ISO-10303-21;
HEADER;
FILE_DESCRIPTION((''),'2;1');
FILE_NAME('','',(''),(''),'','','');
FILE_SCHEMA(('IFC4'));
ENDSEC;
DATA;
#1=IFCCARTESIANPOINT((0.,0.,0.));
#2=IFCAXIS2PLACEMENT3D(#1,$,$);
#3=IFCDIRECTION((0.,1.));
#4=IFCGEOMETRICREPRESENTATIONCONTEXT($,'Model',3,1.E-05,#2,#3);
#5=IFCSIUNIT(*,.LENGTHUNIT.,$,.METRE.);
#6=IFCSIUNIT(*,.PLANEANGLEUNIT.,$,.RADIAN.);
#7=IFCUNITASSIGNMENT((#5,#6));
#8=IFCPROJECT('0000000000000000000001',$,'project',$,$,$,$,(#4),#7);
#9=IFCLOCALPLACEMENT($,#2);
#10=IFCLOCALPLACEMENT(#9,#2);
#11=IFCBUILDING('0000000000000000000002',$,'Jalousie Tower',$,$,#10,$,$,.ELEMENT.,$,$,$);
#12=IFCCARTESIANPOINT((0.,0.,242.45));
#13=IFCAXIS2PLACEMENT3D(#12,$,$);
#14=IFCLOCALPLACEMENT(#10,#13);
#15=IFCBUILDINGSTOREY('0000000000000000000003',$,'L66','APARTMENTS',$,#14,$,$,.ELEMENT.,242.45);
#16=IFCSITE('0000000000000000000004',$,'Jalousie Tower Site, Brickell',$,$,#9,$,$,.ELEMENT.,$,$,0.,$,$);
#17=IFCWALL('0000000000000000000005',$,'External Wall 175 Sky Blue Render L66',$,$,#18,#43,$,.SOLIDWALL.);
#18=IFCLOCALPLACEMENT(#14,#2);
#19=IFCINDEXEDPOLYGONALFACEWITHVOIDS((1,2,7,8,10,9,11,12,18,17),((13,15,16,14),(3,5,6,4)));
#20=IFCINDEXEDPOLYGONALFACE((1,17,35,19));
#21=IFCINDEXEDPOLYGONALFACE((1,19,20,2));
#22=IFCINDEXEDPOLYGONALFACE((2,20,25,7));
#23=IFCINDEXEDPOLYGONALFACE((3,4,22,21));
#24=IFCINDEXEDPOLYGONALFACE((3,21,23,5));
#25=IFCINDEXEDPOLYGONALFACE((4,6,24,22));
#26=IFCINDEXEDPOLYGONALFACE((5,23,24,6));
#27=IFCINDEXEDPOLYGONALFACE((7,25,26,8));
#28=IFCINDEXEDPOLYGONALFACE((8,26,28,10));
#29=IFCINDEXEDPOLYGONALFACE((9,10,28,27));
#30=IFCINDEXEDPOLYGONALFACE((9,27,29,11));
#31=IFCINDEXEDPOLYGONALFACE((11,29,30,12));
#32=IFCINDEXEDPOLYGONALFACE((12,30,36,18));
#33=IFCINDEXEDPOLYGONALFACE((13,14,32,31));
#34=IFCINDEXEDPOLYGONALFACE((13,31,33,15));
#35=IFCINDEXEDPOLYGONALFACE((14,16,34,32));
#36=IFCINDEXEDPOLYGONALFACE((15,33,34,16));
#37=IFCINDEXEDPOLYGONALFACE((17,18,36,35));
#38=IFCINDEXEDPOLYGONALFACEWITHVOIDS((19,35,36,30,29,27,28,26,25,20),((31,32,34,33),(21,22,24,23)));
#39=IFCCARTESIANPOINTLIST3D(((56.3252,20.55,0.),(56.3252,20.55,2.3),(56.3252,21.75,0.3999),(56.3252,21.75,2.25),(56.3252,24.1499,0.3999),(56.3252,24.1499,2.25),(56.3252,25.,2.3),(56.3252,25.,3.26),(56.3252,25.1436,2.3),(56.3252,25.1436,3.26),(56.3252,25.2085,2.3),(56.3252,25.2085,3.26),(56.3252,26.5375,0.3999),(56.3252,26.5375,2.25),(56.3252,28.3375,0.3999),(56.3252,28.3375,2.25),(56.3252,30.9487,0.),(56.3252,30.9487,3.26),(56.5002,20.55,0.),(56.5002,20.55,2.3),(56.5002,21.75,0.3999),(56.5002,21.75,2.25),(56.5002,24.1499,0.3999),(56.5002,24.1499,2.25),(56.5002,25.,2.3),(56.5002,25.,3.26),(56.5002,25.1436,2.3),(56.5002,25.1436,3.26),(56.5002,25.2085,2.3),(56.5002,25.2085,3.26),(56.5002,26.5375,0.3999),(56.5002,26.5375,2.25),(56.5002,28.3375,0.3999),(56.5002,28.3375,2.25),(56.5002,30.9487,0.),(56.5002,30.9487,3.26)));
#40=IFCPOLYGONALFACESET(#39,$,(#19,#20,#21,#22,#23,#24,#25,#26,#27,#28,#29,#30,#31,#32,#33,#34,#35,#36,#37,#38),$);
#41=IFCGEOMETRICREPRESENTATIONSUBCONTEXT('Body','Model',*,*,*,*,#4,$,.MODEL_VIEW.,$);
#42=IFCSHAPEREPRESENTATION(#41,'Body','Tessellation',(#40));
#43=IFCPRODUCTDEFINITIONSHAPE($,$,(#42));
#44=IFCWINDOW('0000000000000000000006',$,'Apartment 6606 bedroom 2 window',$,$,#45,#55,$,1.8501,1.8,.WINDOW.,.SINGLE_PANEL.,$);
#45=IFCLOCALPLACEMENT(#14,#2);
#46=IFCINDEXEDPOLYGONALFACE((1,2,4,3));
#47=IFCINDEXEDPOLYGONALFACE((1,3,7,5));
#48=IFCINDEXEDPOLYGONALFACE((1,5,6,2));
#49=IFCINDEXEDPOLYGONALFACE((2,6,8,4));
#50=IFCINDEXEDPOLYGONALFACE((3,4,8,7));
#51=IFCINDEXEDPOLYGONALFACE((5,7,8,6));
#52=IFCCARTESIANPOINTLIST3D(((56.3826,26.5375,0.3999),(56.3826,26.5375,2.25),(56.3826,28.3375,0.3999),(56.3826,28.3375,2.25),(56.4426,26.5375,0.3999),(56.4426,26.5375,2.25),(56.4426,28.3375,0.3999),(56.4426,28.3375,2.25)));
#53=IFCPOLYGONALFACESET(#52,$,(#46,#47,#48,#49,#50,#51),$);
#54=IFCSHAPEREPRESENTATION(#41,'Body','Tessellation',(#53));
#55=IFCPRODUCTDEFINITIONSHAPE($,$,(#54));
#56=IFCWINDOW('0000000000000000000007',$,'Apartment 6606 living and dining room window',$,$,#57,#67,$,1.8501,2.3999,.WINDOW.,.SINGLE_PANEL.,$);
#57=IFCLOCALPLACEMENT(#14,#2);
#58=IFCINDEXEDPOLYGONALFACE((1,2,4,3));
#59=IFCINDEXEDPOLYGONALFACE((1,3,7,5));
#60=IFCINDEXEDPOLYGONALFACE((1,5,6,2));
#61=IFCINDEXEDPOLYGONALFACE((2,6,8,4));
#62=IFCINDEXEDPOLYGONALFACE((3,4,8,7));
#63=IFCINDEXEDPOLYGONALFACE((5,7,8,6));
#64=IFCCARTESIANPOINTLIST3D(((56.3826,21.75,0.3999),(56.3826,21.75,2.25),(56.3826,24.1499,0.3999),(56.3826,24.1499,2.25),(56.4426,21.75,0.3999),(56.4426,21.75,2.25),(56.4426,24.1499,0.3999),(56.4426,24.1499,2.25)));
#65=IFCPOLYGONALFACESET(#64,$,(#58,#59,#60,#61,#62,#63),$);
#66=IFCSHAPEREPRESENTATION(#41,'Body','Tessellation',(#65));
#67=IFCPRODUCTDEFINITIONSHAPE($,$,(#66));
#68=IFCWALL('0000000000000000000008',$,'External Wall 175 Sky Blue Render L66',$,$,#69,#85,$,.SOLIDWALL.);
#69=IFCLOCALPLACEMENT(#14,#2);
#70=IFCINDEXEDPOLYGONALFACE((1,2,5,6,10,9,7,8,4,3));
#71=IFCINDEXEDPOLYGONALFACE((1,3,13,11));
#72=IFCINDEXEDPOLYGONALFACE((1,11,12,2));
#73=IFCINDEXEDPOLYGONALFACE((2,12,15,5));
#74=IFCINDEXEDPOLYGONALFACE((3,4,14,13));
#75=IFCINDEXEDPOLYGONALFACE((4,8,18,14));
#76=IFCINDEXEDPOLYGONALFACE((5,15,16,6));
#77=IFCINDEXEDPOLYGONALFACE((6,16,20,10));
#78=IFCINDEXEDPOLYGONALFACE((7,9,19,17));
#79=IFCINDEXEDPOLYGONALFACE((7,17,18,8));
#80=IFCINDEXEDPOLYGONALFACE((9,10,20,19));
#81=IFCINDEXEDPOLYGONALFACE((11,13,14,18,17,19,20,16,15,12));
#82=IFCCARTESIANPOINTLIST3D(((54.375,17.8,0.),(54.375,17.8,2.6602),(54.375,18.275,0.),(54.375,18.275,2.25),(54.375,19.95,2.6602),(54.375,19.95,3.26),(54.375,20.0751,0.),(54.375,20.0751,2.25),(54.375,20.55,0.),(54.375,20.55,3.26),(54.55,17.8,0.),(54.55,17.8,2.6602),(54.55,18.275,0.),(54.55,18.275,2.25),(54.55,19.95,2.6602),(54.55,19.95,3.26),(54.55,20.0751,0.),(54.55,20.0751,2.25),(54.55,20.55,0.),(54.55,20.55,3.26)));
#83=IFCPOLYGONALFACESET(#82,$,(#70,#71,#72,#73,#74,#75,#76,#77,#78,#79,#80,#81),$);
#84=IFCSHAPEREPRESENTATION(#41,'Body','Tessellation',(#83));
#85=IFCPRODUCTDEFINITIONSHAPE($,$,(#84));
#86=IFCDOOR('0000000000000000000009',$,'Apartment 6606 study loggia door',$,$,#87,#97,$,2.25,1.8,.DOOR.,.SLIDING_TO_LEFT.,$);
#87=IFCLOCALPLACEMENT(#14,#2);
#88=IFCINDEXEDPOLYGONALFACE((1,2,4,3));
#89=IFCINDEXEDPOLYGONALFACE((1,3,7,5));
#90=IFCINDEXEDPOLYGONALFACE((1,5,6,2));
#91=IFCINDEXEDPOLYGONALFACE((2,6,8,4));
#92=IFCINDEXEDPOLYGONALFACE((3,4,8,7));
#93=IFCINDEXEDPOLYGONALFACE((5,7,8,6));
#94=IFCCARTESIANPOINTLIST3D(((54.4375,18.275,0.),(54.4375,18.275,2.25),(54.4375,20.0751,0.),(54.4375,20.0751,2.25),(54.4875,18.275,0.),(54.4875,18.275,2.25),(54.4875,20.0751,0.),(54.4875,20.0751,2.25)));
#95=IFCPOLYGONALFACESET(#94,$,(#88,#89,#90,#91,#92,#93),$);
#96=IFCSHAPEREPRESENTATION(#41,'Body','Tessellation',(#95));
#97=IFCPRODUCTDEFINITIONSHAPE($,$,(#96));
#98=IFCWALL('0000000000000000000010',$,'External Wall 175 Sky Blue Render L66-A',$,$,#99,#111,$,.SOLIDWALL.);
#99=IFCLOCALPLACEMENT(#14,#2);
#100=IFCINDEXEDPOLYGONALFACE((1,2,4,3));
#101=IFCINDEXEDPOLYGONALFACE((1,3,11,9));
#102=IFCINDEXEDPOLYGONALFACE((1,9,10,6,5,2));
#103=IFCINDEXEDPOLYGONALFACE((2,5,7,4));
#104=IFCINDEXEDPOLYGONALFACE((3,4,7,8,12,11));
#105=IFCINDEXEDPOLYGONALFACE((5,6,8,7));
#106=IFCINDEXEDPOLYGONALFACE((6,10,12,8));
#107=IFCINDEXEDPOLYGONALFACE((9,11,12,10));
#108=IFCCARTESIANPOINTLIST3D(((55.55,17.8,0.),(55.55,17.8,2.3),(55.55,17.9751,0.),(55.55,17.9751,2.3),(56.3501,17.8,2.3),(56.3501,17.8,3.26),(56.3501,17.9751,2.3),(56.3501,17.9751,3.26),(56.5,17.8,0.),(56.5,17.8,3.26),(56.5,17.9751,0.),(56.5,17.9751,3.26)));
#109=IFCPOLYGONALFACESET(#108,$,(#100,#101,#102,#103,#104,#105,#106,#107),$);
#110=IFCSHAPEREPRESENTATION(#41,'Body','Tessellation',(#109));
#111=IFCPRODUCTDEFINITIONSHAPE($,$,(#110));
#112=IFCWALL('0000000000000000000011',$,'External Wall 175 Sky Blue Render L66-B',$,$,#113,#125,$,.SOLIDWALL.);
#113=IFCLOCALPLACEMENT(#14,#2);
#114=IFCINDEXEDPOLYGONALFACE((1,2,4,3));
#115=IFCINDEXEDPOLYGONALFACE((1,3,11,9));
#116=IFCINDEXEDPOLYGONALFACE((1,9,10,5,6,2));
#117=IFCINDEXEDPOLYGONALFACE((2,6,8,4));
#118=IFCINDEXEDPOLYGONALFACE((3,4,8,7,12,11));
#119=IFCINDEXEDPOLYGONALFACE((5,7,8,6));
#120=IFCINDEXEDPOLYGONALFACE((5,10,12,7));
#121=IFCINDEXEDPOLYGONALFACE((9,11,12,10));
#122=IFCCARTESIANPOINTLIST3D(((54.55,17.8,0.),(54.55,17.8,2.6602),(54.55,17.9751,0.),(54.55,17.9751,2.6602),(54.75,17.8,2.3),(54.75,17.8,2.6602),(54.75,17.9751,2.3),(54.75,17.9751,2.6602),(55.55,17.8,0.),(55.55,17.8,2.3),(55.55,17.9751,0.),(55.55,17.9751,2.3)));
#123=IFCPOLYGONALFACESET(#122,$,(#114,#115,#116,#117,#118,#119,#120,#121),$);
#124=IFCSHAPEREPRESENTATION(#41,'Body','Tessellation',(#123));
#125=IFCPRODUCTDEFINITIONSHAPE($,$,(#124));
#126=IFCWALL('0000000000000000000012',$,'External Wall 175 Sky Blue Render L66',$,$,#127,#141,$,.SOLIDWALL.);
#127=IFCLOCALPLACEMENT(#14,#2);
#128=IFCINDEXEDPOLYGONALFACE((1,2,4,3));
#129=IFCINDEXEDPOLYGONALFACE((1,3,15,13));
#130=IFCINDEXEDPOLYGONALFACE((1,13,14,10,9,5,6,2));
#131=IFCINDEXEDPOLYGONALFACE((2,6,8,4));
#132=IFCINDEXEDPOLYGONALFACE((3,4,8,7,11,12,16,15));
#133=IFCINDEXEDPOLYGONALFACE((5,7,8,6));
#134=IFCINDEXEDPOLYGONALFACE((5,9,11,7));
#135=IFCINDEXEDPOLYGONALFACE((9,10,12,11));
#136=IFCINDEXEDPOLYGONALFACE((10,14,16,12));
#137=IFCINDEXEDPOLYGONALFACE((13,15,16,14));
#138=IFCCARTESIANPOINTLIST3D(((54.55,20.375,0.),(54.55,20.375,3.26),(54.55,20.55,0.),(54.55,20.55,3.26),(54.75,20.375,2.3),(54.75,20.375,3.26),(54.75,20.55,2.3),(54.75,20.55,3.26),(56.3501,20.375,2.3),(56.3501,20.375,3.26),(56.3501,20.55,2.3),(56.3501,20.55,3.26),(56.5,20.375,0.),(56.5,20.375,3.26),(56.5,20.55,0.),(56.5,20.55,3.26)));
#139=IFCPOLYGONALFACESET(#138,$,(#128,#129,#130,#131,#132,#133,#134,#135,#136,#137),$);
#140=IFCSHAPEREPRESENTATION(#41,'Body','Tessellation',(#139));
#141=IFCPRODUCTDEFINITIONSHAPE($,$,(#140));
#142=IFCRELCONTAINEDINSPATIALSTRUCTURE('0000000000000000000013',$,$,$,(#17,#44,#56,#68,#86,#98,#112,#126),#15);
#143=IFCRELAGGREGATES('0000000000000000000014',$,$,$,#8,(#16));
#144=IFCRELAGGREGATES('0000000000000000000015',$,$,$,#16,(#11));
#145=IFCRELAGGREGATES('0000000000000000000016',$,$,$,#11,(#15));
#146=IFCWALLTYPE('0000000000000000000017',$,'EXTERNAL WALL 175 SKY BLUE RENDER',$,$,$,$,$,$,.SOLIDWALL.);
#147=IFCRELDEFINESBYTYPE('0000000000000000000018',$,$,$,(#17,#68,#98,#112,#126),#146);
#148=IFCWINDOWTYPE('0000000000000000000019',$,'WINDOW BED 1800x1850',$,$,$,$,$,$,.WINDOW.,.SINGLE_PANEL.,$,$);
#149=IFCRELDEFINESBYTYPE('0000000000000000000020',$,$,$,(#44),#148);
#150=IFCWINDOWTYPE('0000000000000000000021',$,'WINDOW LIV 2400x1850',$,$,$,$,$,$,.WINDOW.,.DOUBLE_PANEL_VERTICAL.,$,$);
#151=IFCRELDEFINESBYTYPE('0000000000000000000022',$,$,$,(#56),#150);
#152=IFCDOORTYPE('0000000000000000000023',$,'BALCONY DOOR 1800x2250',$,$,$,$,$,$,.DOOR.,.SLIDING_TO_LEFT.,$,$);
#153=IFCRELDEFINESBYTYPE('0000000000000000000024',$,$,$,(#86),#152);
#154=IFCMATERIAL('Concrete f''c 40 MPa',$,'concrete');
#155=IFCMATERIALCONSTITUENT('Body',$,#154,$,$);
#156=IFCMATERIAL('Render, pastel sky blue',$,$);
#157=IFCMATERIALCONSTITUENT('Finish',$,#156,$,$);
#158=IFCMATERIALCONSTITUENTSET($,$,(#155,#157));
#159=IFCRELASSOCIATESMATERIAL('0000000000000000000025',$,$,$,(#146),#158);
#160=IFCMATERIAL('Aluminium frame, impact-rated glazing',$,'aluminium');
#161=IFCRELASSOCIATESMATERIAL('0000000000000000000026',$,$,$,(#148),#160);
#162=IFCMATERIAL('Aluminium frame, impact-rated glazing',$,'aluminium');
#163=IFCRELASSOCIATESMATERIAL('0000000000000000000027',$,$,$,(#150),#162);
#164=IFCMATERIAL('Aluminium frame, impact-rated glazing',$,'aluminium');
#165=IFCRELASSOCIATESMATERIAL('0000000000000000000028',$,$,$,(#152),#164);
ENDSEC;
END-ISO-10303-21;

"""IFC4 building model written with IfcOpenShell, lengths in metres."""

from ifc_helpers import new_model, si_unit, direction, frame, frame_2d, origin, place, context, subcontext, project, spatial, polyline, rectangle, outline, extrude, material, constituent, constituent_set, type_object, element, fill, save


model = new_model("IFC4")

# Units and contexts
model_context = context("Model", 3, precision=1e-05, world=origin(), true_north=direction((0.0, 1.0)))
body_context = subcontext(model_context, "Body", "Model", "MODEL_VIEW")
ifc_project = project(units=[si_unit("LENGTHUNIT", "METRE"), si_unit("PLANEANGLEUNIT", "RADIAN")], contexts=[model_context])

# Site, building, storey
site_placement = place(None, origin())
site = spatial("IfcSite", under=ifc_project, at=site_placement, Name="Jalousie Tower Site, Brickell", CompositionType="ELEMENT", RefElevation=0.0)
building_placement = place(site_placement, origin())
building = spatial("IfcBuilding", under=site, at=building_placement, Name="Jalousie Tower", CompositionType="ELEMENT")
storey_placement = place(building_placement, frame((0.0, 0.0, 242.45)))
storey = spatial("IfcBuildingStorey", under=building, at=storey_placement, Name="L66", Description="APARTMENTS", CompositionType="ELEMENT", Elevation=242.45)

# Wall, openings, windows
ifc_material_1 = material(Name="Concrete f'c 40 MPa", Category="concrete")
ifc_constituent_1 = constituent(ifc_material_1, Name="Body")
ifc_material_2 = material(Name="Render, pastel sky blue")
ifc_constituent_2 = constituent(ifc_material_2, Name="Finish")
ifc_constituent_set_1 = constituent_set(constituents=[ifc_constituent_1, ifc_constituent_2])
wall_type_1 = type_object("IfcWallType", Name="EXTERNAL WALL 175 SKY BLUE RENDER", PredefinedType="SOLIDWALL", material=ifc_constituent_set_1)
wall_1_placement = place(storey_placement, frame((56.4126, 20.55, 0.0), z_axis=(0.0, 0.0, 1.0), x_axis=(0.0, 1.0, 0.0)))
wall_1 = element("IfcWall", 1, at=wall_1_placement, inside=storey, type_object=wall_type_1, Name="External Wall 175 Sky Blue Render L66", PredefinedType="SOLIDWALL", context=body_context, shape_type="SweptSolid", body=[
    extrude(outline(polyline([(0.0, 0.0), (10.3987, 0.0), (10.3987, 3.26), (4.6584, 3.26), (4.6584, 2.3), (4.5935, 2.3), (4.5935, 3.26), (4.45, 3.26), (4.45, 2.3), (0.0, 2.3), (0.0, 0.0)])), frame((0.0, 0.0874, 0.0), z_axis=(0.0, -1.0, 0.0), x_axis=(1.0, 0.0, 0.0)), (0.0, 0.0, 1.0), 0.175),
])
opening_1_placement = place(wall_1_placement, frame((1.2, 0.0, 0.3999)))
opening_1 = element("IfcOpeningElement", 2, at=opening_1_placement, cuts=wall_1, PredefinedType="OPENING", context=body_context, shape_type="SweptSolid", body=[
    extrude(rectangle(XDim=2.3999, YDim=1.8501, at=frame_2d((1.2, 0.925))), frame((0.0, 0.0974, 0.0), z_axis=(0.0, -1.0, 0.0), x_axis=(1.0, 0.0, 0.0)), (0.0, 0.0, 1.0), 0.1951),
])
opening_2_placement = place(wall_1_placement, frame((5.9875, 0.0, 0.3999)))
opening_2 = element("IfcOpeningElement", 3, at=opening_2_placement, cuts=wall_1, PredefinedType="OPENING", context=body_context, shape_type="SweptSolid", body=[
    extrude(rectangle(XDim=1.8, YDim=1.8501, at=frame_2d((0.8999, 0.925))), frame((0.0, 0.0974, 0.0), z_axis=(0.0, -1.0, 0.0), x_axis=(1.0, 0.0, 0.0)), (0.0, 0.0, 1.0), 0.1951),
])
ifc_material_3 = material(Name="Aluminium frame, impact-rated glazing", Category="aluminium")
window_type_1 = type_object("IfcWindowType", Name="WINDOW BED 1800x1850", PartitioningType="SINGLE_PANEL", PredefinedType="WINDOW", material=ifc_material_3)
window_1_placement = place(opening_2_placement, origin())
window_1 = element("IfcWindow", 4, at=window_1_placement, inside=storey, type_object=window_type_1, Name="Apartment 6606 bedroom 2 window", OverallHeight=1.8501, OverallWidth=1.8, PartitioningType="SINGLE_PANEL", PredefinedType="WINDOW", context=body_context, shape_type="SweptSolid", body=[
    extrude(rectangle(XDim=1.8, YDim=1.8501, at=frame_2d((0.8999, 0.925))), frame((0.0, 0.03, 0.0), z_axis=(0.0, -1.0, 0.0), x_axis=(1.0, 0.0, 0.0)), (0.0, 0.0, 1.0), 0.0601),
])
fill(opening_2, window_1)
ifc_material_4 = material(Name="Aluminium frame, impact-rated glazing", Category="aluminium")
window_type_2 = type_object("IfcWindowType", Name="WINDOW LIV 2400x1850", PartitioningType="DOUBLE_PANEL_VERTICAL", PredefinedType="WINDOW", material=ifc_material_4)
window_2_placement = place(opening_1_placement, origin())
window_2 = element("IfcWindow", 5, at=window_2_placement, inside=storey, type_object=window_type_2, Name="Apartment 6606 living and dining room window", OverallHeight=1.8501, OverallWidth=2.3999, PartitioningType="SINGLE_PANEL", PredefinedType="WINDOW", context=body_context, shape_type="SweptSolid", body=[
    extrude(rectangle(XDim=2.3999, YDim=1.8501, at=frame_2d((1.2, 0.925))), frame((0.0, 0.03, 0.0), z_axis=(0.0, -1.0, 0.0), x_axis=(1.0, 0.0, 0.0)), (0.0, 0.0, 1.0), 0.0601),
])
fill(opening_1, window_2)

# Wall, opening, door
wall_2_placement = place(storey_placement, frame((54.4624, 17.8, 0.0), z_axis=(0.0, 0.0, 1.0), x_axis=(0.0, 1.0, 0.0)))
wall_2 = element("IfcWall", 6, at=wall_2_placement, inside=storey, type_object=wall_type_1, Name="External Wall 175 Sky Blue Render L66", PredefinedType="SOLIDWALL", context=body_context, shape_type="SweptSolid", body=[
    extrude(outline(polyline([(0.0, 0.0), (2.75, 0.0), (2.75, 3.26), (2.1499, 3.26), (2.1499, 2.6602), (0.0, 2.6602), (0.0, 0.0)])), frame((0.0, 0.0874, 0.0), z_axis=(0.0, -1.0, 0.0), x_axis=(1.0, 0.0, 0.0)), (0.0, 0.0, 1.0), 0.175),
])
opening_3_placement = place(wall_2_placement, frame((0.4751, 0.0, 0.0)))
opening_3 = element("IfcOpeningElement", 7, at=opening_3_placement, cuts=wall_2, PredefinedType="OPENING", context=body_context, shape_type="SweptSolid", body=[
    extrude(rectangle(XDim=1.8, YDim=2.25, at=frame_2d((0.8999, 1.125))), frame((0.0, 0.0974, 0.0), z_axis=(0.0, -1.0, 0.0), x_axis=(1.0, 0.0, 0.0)), (0.0, 0.0, 1.0), 0.1951),
])
ifc_material_5 = material(Name="Aluminium frame, impact-rated glazing", Category="aluminium")
door_type_1 = type_object("IfcDoorType", Name="BALCONY DOOR 1800x2250", OperationType="SLIDING_TO_LEFT", PredefinedType="DOOR", material=ifc_material_5)
door_1_placement = place(opening_3_placement, origin())
door_1 = element("IfcDoor", 8, at=door_1_placement, inside=storey, type_object=door_type_1, Name="Apartment 6606 study loggia door", OperationType="SLIDING_TO_LEFT", OverallHeight=2.25, OverallWidth=1.8, PredefinedType="DOOR", context=body_context, shape_type="SweptSolid", body=[
    extrude(rectangle(XDim=1.8, YDim=2.25, at=frame_2d((0.8999, 1.125))), frame((0.0, 0.0249, 0.0), z_axis=(0.0, -1.0, 0.0), x_axis=(1.0, 0.0, 0.0)), (0.0, 0.0, 1.0), 0.05),
])
fill(opening_3, door_1)

# Walls
wall_3_placement = place(storey_placement, frame((56.5, 17.8875, 0.0), z_axis=(0.0, 0.0, 1.0), x_axis=(-1.0, 0.0, 0.0)))
element("IfcWall", 9, at=wall_3_placement, inside=storey, type_object=wall_type_1, Name="External Wall 175 Sky Blue Render L66-A", PredefinedType="SOLIDWALL", context=body_context, shape_type="SweptSolid", body=[
    extrude(outline(polyline([(0.0, 0.0), (0.95, 0.0), (0.95, 2.3), (0.1499, 2.3), (0.1499, 3.26), (0.0, 3.26), (0.0, 0.0)])), frame((0.0, 0.0874, 0.0), z_axis=(0.0, -1.0, 0.0), x_axis=(1.0, 0.0, 0.0)), (0.0, 0.0, 1.0), 0.175),
])
wall_4_placement = place(storey_placement, frame((55.55, 17.8875, 0.0), z_axis=(0.0, 0.0, 1.0), x_axis=(-1.0, 0.0, 0.0)))
element("IfcWall", 10, at=wall_4_placement, inside=storey, type_object=wall_type_1, Name="External Wall 175 Sky Blue Render L66-B", PredefinedType="SOLIDWALL", context=body_context, shape_type="SweptSolid", body=[
    extrude(outline(polyline([(0.0, 0.0), (1.0, 0.0), (1.0, 2.6602), (0.8, 2.6602), (0.8, 2.3), (0.0, 2.3), (0.0, 0.0)])), frame((0.0, 0.0874, 0.0), z_axis=(0.0, -1.0, 0.0), x_axis=(1.0, 0.0, 0.0)), (0.0, 0.0, 1.0), 0.175),
])
wall_5_placement = place(storey_placement, frame((56.5, 20.4624, 0.0), z_axis=(0.0, 0.0, 1.0), x_axis=(-1.0, 0.0, 0.0)))
element("IfcWall", 11, at=wall_5_placement, inside=storey, type_object=wall_type_1, Name="External Wall 175 Sky Blue Render L66", PredefinedType="SOLIDWALL", context=body_context, shape_type="SweptSolid", body=[
    extrude(outline(polyline([(0.0, 0.0), (1.95, 0.0), (1.95, 3.26), (1.75, 3.26), (1.75, 2.3), (0.1499, 2.3), (0.1499, 3.26), (0.0, 3.26), (0.0, 0.0)])), frame((0.0, 0.0874, 0.0), z_axis=(0.0, -1.0, 0.0), x_axis=(1.0, 0.0, 0.0)), (0.0, 0.0, 1.0), 0.175),
])

save(model, "model.ifc")
